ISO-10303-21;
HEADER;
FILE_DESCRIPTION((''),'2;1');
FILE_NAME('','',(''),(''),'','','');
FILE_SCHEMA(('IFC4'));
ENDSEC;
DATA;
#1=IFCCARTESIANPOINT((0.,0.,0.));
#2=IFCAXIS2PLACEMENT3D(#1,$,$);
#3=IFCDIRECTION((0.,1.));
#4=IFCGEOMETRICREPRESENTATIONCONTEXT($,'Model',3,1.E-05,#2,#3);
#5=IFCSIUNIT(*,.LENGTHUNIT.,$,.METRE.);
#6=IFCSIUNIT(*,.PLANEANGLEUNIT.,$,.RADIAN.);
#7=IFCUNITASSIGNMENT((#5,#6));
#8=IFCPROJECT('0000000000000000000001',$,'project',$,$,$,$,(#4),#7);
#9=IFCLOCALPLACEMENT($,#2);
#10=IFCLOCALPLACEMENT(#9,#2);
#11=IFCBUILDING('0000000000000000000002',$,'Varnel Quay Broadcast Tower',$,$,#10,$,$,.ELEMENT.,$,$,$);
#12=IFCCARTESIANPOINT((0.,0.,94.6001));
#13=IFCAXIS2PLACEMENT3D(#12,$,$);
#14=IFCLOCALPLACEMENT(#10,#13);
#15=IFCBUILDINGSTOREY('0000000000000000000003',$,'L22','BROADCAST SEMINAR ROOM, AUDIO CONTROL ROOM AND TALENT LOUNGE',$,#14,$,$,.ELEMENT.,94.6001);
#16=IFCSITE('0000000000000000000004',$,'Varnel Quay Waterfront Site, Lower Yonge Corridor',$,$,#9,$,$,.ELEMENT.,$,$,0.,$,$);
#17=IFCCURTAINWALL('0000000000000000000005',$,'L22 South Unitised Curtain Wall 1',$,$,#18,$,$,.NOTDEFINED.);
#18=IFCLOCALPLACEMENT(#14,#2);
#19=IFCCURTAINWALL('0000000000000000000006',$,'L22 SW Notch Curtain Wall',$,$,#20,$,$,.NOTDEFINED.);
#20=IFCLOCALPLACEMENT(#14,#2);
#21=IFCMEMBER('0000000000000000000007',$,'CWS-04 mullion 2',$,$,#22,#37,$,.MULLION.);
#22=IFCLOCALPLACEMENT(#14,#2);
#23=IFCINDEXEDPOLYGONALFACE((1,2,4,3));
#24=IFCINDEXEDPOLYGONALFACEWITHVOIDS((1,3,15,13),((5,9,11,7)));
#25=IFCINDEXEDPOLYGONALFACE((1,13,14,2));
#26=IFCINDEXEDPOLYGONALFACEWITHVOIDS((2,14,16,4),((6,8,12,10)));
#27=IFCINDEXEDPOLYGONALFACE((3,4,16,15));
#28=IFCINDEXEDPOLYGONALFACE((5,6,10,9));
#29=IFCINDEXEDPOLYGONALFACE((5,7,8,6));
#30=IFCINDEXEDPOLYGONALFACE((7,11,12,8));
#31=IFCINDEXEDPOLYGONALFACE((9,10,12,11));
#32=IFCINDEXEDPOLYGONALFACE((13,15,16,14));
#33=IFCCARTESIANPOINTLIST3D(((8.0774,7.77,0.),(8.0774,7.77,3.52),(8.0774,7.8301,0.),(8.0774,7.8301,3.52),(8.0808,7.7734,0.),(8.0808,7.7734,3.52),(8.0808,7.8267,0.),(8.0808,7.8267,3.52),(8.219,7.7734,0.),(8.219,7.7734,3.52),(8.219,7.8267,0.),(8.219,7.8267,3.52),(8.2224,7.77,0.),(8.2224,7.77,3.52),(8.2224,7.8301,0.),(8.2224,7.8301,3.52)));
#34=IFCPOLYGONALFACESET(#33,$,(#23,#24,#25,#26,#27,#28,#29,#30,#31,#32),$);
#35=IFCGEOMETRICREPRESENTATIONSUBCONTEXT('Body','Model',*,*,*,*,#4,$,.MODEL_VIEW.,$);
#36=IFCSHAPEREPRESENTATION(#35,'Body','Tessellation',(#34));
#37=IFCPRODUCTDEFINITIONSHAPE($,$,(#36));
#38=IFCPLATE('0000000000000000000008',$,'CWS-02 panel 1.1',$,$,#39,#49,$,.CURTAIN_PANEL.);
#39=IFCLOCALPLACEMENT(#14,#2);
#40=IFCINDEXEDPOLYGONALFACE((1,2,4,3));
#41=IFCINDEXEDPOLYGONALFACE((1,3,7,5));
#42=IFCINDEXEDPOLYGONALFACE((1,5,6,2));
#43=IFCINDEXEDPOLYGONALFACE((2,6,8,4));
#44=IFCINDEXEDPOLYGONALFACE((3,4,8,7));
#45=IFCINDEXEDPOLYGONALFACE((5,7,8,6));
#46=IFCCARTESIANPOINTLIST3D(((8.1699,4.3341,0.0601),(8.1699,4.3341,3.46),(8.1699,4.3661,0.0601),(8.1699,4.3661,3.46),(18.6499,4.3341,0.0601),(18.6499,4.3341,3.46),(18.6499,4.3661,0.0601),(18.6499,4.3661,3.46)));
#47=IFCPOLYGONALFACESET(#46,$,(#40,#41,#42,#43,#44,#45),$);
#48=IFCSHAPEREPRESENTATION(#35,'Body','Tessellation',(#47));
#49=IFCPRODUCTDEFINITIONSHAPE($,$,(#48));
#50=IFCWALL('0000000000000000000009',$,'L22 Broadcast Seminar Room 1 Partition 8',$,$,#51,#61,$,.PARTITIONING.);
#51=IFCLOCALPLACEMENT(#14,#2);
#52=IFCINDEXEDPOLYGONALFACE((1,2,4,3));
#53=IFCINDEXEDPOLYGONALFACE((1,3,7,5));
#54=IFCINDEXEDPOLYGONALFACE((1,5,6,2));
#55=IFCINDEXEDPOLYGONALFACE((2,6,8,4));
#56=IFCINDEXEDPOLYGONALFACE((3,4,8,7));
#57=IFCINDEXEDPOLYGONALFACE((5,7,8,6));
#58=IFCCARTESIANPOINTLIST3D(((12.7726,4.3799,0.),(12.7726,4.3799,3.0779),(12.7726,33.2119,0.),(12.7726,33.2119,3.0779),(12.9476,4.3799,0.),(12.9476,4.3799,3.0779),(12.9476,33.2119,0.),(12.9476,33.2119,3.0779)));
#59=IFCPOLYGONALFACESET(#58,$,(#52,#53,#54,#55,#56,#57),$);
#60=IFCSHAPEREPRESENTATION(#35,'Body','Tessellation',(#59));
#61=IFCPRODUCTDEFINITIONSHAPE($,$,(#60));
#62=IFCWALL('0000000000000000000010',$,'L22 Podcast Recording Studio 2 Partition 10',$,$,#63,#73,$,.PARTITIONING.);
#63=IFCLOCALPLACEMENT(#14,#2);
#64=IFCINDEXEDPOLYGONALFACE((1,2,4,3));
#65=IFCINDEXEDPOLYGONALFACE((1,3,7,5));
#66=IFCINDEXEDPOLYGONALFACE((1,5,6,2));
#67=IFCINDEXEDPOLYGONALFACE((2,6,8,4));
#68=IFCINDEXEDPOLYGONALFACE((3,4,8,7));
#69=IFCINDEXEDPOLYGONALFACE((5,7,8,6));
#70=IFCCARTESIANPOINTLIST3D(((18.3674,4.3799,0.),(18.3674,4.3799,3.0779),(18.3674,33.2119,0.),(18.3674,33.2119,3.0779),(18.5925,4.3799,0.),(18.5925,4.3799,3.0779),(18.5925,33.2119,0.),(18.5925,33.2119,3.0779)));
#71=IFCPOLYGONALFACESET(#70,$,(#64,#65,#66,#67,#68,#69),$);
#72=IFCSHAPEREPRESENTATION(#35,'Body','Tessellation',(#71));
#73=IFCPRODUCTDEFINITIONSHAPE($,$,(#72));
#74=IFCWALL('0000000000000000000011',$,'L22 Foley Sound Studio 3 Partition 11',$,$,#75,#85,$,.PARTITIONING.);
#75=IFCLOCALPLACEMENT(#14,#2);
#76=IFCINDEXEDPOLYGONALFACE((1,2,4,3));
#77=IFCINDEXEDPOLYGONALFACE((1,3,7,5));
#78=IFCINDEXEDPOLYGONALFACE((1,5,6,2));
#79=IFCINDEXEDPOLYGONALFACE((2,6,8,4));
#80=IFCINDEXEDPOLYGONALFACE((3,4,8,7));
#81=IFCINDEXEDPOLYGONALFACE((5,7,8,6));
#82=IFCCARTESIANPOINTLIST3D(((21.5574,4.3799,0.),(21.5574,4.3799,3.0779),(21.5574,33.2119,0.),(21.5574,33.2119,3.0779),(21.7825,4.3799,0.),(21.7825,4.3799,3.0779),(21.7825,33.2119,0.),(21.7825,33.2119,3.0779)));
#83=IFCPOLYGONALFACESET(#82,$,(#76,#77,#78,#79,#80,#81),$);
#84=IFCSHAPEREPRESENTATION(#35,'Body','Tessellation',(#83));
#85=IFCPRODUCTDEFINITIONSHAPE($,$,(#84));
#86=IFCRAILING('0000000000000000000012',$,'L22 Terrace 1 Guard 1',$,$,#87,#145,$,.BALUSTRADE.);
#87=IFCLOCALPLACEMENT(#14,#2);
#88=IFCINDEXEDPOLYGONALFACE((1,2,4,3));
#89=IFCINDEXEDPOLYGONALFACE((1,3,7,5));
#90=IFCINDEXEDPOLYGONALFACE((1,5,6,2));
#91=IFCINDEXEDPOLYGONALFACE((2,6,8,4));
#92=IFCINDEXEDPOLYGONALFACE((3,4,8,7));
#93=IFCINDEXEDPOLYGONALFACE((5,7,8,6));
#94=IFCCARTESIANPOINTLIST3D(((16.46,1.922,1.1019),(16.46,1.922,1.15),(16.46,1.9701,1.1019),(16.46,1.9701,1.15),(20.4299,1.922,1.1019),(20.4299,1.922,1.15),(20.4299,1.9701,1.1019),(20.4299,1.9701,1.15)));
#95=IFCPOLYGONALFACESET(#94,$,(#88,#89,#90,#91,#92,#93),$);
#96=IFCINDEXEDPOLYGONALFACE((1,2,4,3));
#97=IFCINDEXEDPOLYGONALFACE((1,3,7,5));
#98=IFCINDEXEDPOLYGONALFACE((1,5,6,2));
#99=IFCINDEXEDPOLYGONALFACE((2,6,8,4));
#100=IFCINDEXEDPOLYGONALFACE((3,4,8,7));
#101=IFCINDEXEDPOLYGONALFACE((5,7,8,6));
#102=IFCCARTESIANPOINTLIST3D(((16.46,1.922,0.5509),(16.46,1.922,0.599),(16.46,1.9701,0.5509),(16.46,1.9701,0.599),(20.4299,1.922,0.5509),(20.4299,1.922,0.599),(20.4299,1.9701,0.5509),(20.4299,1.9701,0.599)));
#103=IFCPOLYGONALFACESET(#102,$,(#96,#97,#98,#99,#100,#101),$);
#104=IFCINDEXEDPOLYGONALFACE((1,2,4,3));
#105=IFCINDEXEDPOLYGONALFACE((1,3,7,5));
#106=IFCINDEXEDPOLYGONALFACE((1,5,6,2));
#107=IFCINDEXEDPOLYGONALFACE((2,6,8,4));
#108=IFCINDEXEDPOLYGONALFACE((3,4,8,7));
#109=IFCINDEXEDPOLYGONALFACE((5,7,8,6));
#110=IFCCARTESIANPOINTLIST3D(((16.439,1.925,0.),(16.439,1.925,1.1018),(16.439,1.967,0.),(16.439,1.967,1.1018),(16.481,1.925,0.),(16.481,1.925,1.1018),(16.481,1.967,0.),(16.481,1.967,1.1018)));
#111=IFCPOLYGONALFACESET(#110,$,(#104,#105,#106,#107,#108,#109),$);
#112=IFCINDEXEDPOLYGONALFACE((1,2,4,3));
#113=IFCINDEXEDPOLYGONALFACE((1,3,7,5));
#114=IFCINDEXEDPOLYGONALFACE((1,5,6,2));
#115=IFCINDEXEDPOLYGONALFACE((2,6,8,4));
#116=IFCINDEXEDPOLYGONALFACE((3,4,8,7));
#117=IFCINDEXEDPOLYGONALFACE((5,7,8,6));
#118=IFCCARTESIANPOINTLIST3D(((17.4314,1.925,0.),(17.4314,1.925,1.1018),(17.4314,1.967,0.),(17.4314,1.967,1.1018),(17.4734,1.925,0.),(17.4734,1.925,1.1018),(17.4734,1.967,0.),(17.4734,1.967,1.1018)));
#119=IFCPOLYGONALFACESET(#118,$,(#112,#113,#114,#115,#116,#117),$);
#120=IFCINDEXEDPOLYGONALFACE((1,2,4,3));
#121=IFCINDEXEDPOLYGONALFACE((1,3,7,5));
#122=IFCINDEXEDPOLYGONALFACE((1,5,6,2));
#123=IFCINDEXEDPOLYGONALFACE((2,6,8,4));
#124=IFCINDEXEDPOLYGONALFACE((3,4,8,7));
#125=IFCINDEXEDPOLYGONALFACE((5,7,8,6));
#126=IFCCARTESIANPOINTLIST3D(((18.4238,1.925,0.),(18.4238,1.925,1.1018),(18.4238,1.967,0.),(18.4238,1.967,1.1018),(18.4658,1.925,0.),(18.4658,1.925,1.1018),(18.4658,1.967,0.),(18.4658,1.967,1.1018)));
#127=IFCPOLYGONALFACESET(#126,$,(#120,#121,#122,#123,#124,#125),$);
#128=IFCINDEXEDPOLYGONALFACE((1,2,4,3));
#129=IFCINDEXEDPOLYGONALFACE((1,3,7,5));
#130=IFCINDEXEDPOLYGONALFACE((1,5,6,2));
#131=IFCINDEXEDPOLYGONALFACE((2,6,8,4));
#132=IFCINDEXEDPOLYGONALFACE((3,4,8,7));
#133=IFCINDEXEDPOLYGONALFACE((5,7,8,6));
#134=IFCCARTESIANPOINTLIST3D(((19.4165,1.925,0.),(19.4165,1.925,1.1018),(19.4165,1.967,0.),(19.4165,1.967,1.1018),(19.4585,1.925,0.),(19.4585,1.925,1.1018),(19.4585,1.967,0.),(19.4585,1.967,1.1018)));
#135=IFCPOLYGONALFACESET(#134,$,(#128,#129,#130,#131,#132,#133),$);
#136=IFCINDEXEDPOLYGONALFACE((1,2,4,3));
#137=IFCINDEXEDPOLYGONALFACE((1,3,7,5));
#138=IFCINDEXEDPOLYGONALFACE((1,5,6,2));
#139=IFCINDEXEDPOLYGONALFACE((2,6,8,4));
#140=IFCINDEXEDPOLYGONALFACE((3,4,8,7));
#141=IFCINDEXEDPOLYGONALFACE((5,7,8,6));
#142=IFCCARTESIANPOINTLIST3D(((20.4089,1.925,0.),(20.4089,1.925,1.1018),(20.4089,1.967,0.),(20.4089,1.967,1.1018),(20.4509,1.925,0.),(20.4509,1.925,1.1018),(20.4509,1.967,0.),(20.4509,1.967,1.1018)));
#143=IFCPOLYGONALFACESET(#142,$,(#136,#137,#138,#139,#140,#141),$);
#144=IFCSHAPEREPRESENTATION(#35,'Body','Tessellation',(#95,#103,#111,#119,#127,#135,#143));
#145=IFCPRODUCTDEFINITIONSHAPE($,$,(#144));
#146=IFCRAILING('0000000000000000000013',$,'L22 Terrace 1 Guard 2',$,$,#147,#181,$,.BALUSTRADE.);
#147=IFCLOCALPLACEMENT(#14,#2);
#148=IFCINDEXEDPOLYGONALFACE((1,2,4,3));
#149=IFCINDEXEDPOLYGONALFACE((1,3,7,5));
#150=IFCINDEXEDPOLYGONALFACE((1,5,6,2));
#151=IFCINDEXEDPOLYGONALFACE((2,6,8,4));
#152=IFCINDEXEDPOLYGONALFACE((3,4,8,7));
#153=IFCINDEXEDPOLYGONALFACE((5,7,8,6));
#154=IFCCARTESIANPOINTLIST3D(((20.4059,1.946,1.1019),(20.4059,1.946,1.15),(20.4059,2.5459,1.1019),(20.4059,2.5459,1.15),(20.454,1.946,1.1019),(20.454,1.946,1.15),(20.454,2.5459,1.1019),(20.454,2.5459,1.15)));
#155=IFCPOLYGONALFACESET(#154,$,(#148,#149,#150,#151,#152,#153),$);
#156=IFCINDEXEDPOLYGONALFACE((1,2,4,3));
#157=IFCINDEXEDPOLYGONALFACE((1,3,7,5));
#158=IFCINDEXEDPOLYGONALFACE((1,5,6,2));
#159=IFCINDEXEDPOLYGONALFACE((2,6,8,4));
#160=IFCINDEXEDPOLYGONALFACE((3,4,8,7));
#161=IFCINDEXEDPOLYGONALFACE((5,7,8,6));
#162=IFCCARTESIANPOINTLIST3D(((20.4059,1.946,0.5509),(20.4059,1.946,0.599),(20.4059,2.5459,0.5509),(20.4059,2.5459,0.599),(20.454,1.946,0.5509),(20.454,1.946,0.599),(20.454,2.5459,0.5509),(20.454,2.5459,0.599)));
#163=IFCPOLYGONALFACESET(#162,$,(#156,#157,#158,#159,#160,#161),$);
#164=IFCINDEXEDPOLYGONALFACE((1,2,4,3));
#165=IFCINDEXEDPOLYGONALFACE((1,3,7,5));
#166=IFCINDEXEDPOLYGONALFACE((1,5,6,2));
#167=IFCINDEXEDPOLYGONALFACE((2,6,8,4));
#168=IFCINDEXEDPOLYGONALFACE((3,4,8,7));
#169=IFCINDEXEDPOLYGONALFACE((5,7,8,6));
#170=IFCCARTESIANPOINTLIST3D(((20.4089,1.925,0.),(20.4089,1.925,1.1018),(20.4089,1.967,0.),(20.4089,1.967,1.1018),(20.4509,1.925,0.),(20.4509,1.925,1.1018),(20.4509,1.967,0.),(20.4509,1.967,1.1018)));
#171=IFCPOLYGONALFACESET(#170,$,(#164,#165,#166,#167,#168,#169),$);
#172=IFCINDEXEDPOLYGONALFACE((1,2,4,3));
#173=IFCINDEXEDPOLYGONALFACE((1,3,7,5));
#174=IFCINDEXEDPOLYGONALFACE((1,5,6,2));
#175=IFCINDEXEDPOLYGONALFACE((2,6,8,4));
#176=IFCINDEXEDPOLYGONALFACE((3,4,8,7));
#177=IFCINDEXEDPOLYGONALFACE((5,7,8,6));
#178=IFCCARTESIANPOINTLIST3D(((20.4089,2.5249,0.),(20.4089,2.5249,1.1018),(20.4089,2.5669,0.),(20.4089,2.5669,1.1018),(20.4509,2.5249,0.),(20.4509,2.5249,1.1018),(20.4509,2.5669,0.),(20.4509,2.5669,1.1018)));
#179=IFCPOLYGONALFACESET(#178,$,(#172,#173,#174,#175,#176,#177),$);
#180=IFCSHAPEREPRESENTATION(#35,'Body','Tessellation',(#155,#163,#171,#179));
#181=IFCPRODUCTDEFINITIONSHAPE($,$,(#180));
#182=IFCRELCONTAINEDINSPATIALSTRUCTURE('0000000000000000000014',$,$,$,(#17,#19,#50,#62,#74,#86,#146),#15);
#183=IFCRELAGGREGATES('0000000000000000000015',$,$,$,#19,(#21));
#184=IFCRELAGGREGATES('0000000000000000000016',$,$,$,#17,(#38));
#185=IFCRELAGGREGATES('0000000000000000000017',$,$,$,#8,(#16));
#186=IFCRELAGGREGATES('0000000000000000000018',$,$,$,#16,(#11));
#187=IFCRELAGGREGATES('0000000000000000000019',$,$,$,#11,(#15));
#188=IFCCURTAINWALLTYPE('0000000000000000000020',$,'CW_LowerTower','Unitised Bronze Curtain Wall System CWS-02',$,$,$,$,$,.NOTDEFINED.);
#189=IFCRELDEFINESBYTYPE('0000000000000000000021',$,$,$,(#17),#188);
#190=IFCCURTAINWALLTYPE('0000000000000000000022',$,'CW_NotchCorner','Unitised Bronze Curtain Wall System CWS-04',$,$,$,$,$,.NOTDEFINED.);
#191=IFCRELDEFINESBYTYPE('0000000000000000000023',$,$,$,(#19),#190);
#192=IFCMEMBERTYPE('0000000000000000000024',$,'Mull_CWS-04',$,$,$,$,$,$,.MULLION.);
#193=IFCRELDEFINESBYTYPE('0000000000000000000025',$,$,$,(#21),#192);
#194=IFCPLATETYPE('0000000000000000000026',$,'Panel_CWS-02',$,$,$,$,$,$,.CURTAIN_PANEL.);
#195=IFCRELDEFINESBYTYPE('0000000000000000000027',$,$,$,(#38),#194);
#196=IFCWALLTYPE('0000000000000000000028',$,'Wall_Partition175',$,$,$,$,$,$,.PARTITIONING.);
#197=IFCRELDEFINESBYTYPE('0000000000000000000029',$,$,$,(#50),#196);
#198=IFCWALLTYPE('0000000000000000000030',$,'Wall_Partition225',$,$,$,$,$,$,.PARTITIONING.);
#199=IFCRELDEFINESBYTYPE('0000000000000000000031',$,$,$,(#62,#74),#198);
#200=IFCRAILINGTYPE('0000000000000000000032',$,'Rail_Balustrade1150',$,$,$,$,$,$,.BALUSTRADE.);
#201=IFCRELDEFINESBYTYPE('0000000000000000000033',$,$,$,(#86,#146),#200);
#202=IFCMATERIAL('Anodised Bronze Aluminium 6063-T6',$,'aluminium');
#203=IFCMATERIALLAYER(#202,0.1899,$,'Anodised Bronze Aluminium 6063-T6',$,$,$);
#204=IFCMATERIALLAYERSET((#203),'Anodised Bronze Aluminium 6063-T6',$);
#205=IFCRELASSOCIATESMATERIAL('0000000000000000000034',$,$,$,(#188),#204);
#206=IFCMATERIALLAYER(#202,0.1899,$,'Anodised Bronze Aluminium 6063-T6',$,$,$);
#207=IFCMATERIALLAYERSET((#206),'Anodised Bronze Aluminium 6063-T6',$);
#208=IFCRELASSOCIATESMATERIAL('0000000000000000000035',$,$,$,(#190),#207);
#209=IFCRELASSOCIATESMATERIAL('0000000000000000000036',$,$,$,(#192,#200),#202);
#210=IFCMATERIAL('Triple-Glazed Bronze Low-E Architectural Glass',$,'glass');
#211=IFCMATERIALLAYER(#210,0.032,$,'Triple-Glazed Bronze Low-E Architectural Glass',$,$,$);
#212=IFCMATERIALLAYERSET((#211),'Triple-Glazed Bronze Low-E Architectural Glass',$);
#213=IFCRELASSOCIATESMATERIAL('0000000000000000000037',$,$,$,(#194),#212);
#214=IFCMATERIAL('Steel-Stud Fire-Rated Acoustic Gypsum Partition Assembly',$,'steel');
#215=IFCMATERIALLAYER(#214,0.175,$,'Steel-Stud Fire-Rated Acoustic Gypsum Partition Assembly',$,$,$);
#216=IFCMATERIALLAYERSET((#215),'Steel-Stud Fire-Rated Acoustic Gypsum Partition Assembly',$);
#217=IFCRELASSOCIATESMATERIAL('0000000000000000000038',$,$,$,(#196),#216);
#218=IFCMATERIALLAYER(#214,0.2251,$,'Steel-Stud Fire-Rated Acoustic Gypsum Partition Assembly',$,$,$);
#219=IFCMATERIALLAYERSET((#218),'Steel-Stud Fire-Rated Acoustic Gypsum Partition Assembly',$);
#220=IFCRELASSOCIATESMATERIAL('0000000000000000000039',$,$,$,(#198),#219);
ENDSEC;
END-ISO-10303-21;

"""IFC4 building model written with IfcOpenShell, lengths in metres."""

from ifc_helpers import new_model, si_unit, direction, frame, frame_2d, origin, origin_2d, place, context, subcontext, project, spatial, rectangle, hollow_rectangle, extrude, source, transform, mapped, material, layer, layer_set, material_profile, profile_set, type_object, type_shapes, element, aggregate, save


model = new_model("IFC4")

# Units and contexts
model_context = context("Model", 3, precision=1e-05, world=origin(), true_north=direction((0.0, 1.0)))
body_context = subcontext(model_context, "Body", "Model", "MODEL_VIEW")
ifc_project = project(units=[si_unit("LENGTHUNIT", "METRE"), si_unit("PLANEANGLEUNIT", "RADIAN")], contexts=[model_context])

# Site, building, storey
site_placement = place(None, origin())
site = spatial("IfcSite", under=ifc_project, at=site_placement, Name="Varnel Quay Waterfront Site, Lower Yonge Corridor", CompositionType="ELEMENT", RefElevation=0.0)
building_placement = place(site_placement, origin())
building = spatial("IfcBuilding", under=site, at=building_placement, Name="Varnel Quay Broadcast Tower", CompositionType="ELEMENT")
storey_placement = place(building_placement, frame((0.0, 0.0, 94.6001)))
storey = spatial("IfcBuildingStorey", under=building, at=storey_placement, Name="L22", Description="BROADCAST SEMINAR ROOM, AUDIO CONTROL ROOM AND TALENT LOUNGE", CompositionType="ELEMENT", Elevation=94.6001)

# Curtain wall
ifc_material_1 = material(Name="Anodised Bronze Aluminium 6063-T6", Category="aluminium")
ifc_layer_1 = layer(ifc_material_1, 0.1899, Name="Anodised Bronze Aluminium 6063-T6")
ifc_layer_set_1 = layer_set([ifc_layer_1], Name="Anodised Bronze Aluminium 6063-T6")
curtain_wall_type_1 = type_object("IfcCurtainWallType", Name="CW_LowerTower", Description="Unitised Bronze Curtain Wall System CWS-02", PredefinedType="NOTDEFINED", material=ifc_layer_set_1)
curtain_wall_1_placement = place(storey_placement, origin())
curtain_wall_1 = element("IfcCurtainWall", 1, at=curtain_wall_1_placement, inside=storey, type_object=curtain_wall_type_1, Name="L22 South Unitised Curtain Wall 1", PredefinedType="NOTDEFINED")

# Curtain wall, member
ifc_layer_2 = layer(ifc_material_1, 0.1899, Name="Anodised Bronze Aluminium 6063-T6")
ifc_layer_set_2 = layer_set([ifc_layer_2], Name="Anodised Bronze Aluminium 6063-T6")
curtain_wall_type_2 = type_object("IfcCurtainWallType", Name="CW_NotchCorner", Description="Unitised Bronze Curtain Wall System CWS-04", PredefinedType="NOTDEFINED", material=ifc_layer_set_2)
curtain_wall_2_placement = place(storey_placement, origin())
curtain_wall_2 = element("IfcCurtainWall", 2, at=curtain_wall_2_placement, inside=storey, type_object=curtain_wall_type_2, Name="L22 SW Notch Curtain Wall", PredefinedType="NOTDEFINED")
ifc_material_profile_1 = material_profile(ifc_material_1, hollow_rectangle(XDim=0.0601, YDim=0.145, WallThickness=0.0034, at=origin_2d()), Name="ALU60X145X3.5")
ifc_profile_set_1 = profile_set([ifc_material_profile_1], Name="Anodised Bronze Aluminium 6063-T6")
member_type_1 = type_object("IfcMemberType", Name="Mull_CWS-04", PredefinedType="MULLION", material=ifc_profile_set_1)
shared_shape_1 = source(origin(), body_context, "Body", "SweptSolid", [
    extrude(hollow_rectangle(XDim=0.0601, YDim=0.145, WallThickness=0.0034, at=origin_2d()), origin(), (0.0, 0.0, 1.0), 3.52),
])
type_shapes(member_type_1, [shared_shape_1])
member_1_placement = place(storey_placement, frame((8.1499, 7.8, 0.0), z_axis=(0.0, 0.0, 1.0), x_axis=(0.0, 1.0, 0.0)))
member_1 = element("IfcMember", 3, at=member_1_placement, type_object=member_type_1, Name="CWS-04 mullion 2", PredefinedType="MULLION", context=body_context, shape_type="MappedRepresentation", body=[
    mapped(shared_shape_1, transform((0.0, 0.0, 0.0), x_axis=(1.0, 0.0, 0.0), y_axis=(0.0, 1.0, 0.0), z_axis=(0.0, 0.0, 1.0), scale=1.0)),
])
aggregate(curtain_wall_2, [member_1])

# Plate
ifc_material_2 = material(Name="Triple-Glazed Bronze Low-E Architectural Glass", Category="glass")
ifc_layer_3 = layer(ifc_material_2, 0.032, Name="Triple-Glazed Bronze Low-E Architectural Glass")
ifc_layer_set_3 = layer_set([ifc_layer_3], Name="Triple-Glazed Bronze Low-E Architectural Glass")
plate_type = type_object("IfcPlateType", Name="Panel_CWS-02", PredefinedType="CURTAIN_PANEL", material=ifc_layer_set_3)
shared_shape_2 = source(origin(), body_context, "Body", "SweptSolid", [
    extrude(rectangle(XDim=10.48, YDim=0.032, at=origin_2d()), origin(), (0.0, 0.0, 1.0), 3.3999),
])
type_shapes(plate_type, [shared_shape_2])
plate_placement = place(storey_placement, frame((13.4099, 4.3501, 0.0601), z_axis=(0.0, 0.0, 1.0), x_axis=(1.0, 0.0, 0.0)))
plate = element("IfcPlate", 4, at=plate_placement, type_object=plate_type, Name="CWS-02 panel 1.1", PredefinedType="CURTAIN_PANEL", context=body_context, shape_type="MappedRepresentation", body=[
    mapped(shared_shape_2, transform((0.0, 0.0, 0.0), x_axis=(1.0, 0.0, 0.0), y_axis=(0.0, 1.0, 0.0), z_axis=(0.0, 0.0, 1.0), scale=1.0)),
])
aggregate(curtain_wall_1, [plate])

# Walls
ifc_material_3 = material(Name="Steel-Stud Fire-Rated Acoustic Gypsum Partition Assembly", Category="steel")
ifc_layer_4 = layer(ifc_material_3, 0.175, Name="Steel-Stud Fire-Rated Acoustic Gypsum Partition Assembly")
ifc_layer_set_4 = layer_set([ifc_layer_4], Name="Steel-Stud Fire-Rated Acoustic Gypsum Partition Assembly")
wall_type_1 = type_object("IfcWallType", Name="Wall_Partition175", PredefinedType="PARTITIONING", material=ifc_layer_set_4)
wall_1_placement = place(storey_placement, frame((12.8601, 4.3799, 0.0), z_axis=(0.0, 0.0, 1.0), x_axis=(0.0, 1.0, 0.0)))
element("IfcWall", 5, at=wall_1_placement, inside=storey, type_object=wall_type_1, Name="L22 Broadcast Seminar Room 1 Partition 8", PredefinedType="PARTITIONING", context=body_context, shape_type="SweptSolid", body=[
    extrude(rectangle(XDim=28.832, YDim=0.175, at=frame_2d((14.416, 0.0))), origin(), (0.0, 0.0, 1.0), 3.0779),
])
ifc_layer_5 = layer(ifc_material_3, 0.2251, Name="Steel-Stud Fire-Rated Acoustic Gypsum Partition Assembly")
ifc_layer_set_5 = layer_set([ifc_layer_5], Name="Steel-Stud Fire-Rated Acoustic Gypsum Partition Assembly")
wall_type_2 = type_object("IfcWallType", Name="Wall_Partition225", PredefinedType="PARTITIONING", material=ifc_layer_set_5)
for number, where, z_axis, x_axis, name in (
    (6, (18.48, 4.3799, 0.0), (0.0, 0.0, 1.0), (0.0, 1.0, 0.0), "L22 Podcast Recording Studio 2 Partition 10"),
    (7, (21.6699, 4.3799, 0.0), (0.0, 0.0, 1.0), (0.0, 1.0, 0.0), "L22 Foley Sound Studio 3 Partition 11"),
):
    element("IfcWall", number, at=place(storey_placement, frame(where, z_axis=z_axis, x_axis=x_axis)), inside=storey, type_object=wall_type_2, Name=name, PredefinedType="PARTITIONING", context=body_context, shape_type="SweptSolid", body=[
        extrude(rectangle(XDim=28.832, YDim=0.2251, at=frame_2d((14.416, 0.0))), origin(), (0.0, 0.0, 1.0), 3.0779),
    ])

# Railings
railing_type = type_object("IfcRailingType", Name="Rail_Balustrade1150", PredefinedType="BALUSTRADE", material=ifc_material_1)
railing_1_placement = place(storey_placement, frame((16.46, 1.946, 0.0)))
element("IfcRailing", 8, at=railing_1_placement, inside=storey, type_object=railing_type, Name="L22 Terrace 1 Guard 1", PredefinedType="BALUSTRADE", context=body_context, shape_type="SweptSolid", body=[
    extrude(rectangle(XDim=0.0481, YDim=0.0481, at=origin_2d()), frame((0.0, 0.0, 1.126), z_axis=(1.0, 0.0, 0.0), x_axis=(0.0, 1.0, 0.0)), (0.0, 0.0, 1.0), 3.97),
    extrude(rectangle(XDim=0.0481, YDim=0.0481, at=origin_2d()), frame((0.0, 0.0, 0.575), z_axis=(1.0, 0.0, 0.0), x_axis=(0.0, 1.0, 0.0)), (0.0, 0.0, 1.0), 3.97),
    extrude(rectangle(XDim=0.042, YDim=0.042, at=origin_2d()), origin(), (0.0, 0.0, 1.0), 1.1018),
    extrude(rectangle(XDim=0.042, YDim=0.042, at=origin_2d()), frame((0.9924, 0.0, 0.0)), (0.0, 0.0, 1.0), 1.1018),
    extrude(rectangle(XDim=0.042, YDim=0.042, at=origin_2d()), frame((1.9849, 0.0, 0.0)), (0.0, 0.0, 1.0), 1.1018),
    extrude(rectangle(XDim=0.042, YDim=0.042, at=origin_2d()), frame((2.9775, 0.0, 0.0)), (0.0, 0.0, 1.0), 1.1018),
    extrude(rectangle(XDim=0.042, YDim=0.042, at=origin_2d()), frame((3.97, 0.0, 0.0)), (0.0, 0.0, 1.0), 1.1018),
])
railing_2_placement = place(storey_placement, frame((20.4299, 1.946, 0.0)))
element("IfcRailing", 9, at=railing_2_placement, inside=storey, type_object=railing_type, Name="L22 Terrace 1 Guard 2", PredefinedType="BALUSTRADE", context=body_context, shape_type="SweptSolid", body=[
    extrude(rectangle(XDim=0.0481, YDim=0.0481, at=origin_2d()), frame((0.0, 0.0, 1.126), z_axis=(0.0, 1.0, 0.0), x_axis=(-1.0, 0.0, 0.0)), (0.0, 0.0, 1.0), 0.5999),
    extrude(rectangle(XDim=0.0481, YDim=0.0481, at=origin_2d()), frame((0.0, 0.0, 0.575), z_axis=(0.0, 1.0, 0.0), x_axis=(-1.0, 0.0, 0.0)), (0.0, 0.0, 1.0), 0.5999),
    extrude(rectangle(XDim=0.042, YDim=0.042, at=origin_2d()), origin(), (0.0, 0.0, 1.0), 1.1018),
    extrude(rectangle(XDim=0.042, YDim=0.042, at=origin_2d()), frame((0.0, 0.5999, 0.0)), (0.0, 0.0, 1.0), 1.1018),
])

save(model, "model.ifc")
